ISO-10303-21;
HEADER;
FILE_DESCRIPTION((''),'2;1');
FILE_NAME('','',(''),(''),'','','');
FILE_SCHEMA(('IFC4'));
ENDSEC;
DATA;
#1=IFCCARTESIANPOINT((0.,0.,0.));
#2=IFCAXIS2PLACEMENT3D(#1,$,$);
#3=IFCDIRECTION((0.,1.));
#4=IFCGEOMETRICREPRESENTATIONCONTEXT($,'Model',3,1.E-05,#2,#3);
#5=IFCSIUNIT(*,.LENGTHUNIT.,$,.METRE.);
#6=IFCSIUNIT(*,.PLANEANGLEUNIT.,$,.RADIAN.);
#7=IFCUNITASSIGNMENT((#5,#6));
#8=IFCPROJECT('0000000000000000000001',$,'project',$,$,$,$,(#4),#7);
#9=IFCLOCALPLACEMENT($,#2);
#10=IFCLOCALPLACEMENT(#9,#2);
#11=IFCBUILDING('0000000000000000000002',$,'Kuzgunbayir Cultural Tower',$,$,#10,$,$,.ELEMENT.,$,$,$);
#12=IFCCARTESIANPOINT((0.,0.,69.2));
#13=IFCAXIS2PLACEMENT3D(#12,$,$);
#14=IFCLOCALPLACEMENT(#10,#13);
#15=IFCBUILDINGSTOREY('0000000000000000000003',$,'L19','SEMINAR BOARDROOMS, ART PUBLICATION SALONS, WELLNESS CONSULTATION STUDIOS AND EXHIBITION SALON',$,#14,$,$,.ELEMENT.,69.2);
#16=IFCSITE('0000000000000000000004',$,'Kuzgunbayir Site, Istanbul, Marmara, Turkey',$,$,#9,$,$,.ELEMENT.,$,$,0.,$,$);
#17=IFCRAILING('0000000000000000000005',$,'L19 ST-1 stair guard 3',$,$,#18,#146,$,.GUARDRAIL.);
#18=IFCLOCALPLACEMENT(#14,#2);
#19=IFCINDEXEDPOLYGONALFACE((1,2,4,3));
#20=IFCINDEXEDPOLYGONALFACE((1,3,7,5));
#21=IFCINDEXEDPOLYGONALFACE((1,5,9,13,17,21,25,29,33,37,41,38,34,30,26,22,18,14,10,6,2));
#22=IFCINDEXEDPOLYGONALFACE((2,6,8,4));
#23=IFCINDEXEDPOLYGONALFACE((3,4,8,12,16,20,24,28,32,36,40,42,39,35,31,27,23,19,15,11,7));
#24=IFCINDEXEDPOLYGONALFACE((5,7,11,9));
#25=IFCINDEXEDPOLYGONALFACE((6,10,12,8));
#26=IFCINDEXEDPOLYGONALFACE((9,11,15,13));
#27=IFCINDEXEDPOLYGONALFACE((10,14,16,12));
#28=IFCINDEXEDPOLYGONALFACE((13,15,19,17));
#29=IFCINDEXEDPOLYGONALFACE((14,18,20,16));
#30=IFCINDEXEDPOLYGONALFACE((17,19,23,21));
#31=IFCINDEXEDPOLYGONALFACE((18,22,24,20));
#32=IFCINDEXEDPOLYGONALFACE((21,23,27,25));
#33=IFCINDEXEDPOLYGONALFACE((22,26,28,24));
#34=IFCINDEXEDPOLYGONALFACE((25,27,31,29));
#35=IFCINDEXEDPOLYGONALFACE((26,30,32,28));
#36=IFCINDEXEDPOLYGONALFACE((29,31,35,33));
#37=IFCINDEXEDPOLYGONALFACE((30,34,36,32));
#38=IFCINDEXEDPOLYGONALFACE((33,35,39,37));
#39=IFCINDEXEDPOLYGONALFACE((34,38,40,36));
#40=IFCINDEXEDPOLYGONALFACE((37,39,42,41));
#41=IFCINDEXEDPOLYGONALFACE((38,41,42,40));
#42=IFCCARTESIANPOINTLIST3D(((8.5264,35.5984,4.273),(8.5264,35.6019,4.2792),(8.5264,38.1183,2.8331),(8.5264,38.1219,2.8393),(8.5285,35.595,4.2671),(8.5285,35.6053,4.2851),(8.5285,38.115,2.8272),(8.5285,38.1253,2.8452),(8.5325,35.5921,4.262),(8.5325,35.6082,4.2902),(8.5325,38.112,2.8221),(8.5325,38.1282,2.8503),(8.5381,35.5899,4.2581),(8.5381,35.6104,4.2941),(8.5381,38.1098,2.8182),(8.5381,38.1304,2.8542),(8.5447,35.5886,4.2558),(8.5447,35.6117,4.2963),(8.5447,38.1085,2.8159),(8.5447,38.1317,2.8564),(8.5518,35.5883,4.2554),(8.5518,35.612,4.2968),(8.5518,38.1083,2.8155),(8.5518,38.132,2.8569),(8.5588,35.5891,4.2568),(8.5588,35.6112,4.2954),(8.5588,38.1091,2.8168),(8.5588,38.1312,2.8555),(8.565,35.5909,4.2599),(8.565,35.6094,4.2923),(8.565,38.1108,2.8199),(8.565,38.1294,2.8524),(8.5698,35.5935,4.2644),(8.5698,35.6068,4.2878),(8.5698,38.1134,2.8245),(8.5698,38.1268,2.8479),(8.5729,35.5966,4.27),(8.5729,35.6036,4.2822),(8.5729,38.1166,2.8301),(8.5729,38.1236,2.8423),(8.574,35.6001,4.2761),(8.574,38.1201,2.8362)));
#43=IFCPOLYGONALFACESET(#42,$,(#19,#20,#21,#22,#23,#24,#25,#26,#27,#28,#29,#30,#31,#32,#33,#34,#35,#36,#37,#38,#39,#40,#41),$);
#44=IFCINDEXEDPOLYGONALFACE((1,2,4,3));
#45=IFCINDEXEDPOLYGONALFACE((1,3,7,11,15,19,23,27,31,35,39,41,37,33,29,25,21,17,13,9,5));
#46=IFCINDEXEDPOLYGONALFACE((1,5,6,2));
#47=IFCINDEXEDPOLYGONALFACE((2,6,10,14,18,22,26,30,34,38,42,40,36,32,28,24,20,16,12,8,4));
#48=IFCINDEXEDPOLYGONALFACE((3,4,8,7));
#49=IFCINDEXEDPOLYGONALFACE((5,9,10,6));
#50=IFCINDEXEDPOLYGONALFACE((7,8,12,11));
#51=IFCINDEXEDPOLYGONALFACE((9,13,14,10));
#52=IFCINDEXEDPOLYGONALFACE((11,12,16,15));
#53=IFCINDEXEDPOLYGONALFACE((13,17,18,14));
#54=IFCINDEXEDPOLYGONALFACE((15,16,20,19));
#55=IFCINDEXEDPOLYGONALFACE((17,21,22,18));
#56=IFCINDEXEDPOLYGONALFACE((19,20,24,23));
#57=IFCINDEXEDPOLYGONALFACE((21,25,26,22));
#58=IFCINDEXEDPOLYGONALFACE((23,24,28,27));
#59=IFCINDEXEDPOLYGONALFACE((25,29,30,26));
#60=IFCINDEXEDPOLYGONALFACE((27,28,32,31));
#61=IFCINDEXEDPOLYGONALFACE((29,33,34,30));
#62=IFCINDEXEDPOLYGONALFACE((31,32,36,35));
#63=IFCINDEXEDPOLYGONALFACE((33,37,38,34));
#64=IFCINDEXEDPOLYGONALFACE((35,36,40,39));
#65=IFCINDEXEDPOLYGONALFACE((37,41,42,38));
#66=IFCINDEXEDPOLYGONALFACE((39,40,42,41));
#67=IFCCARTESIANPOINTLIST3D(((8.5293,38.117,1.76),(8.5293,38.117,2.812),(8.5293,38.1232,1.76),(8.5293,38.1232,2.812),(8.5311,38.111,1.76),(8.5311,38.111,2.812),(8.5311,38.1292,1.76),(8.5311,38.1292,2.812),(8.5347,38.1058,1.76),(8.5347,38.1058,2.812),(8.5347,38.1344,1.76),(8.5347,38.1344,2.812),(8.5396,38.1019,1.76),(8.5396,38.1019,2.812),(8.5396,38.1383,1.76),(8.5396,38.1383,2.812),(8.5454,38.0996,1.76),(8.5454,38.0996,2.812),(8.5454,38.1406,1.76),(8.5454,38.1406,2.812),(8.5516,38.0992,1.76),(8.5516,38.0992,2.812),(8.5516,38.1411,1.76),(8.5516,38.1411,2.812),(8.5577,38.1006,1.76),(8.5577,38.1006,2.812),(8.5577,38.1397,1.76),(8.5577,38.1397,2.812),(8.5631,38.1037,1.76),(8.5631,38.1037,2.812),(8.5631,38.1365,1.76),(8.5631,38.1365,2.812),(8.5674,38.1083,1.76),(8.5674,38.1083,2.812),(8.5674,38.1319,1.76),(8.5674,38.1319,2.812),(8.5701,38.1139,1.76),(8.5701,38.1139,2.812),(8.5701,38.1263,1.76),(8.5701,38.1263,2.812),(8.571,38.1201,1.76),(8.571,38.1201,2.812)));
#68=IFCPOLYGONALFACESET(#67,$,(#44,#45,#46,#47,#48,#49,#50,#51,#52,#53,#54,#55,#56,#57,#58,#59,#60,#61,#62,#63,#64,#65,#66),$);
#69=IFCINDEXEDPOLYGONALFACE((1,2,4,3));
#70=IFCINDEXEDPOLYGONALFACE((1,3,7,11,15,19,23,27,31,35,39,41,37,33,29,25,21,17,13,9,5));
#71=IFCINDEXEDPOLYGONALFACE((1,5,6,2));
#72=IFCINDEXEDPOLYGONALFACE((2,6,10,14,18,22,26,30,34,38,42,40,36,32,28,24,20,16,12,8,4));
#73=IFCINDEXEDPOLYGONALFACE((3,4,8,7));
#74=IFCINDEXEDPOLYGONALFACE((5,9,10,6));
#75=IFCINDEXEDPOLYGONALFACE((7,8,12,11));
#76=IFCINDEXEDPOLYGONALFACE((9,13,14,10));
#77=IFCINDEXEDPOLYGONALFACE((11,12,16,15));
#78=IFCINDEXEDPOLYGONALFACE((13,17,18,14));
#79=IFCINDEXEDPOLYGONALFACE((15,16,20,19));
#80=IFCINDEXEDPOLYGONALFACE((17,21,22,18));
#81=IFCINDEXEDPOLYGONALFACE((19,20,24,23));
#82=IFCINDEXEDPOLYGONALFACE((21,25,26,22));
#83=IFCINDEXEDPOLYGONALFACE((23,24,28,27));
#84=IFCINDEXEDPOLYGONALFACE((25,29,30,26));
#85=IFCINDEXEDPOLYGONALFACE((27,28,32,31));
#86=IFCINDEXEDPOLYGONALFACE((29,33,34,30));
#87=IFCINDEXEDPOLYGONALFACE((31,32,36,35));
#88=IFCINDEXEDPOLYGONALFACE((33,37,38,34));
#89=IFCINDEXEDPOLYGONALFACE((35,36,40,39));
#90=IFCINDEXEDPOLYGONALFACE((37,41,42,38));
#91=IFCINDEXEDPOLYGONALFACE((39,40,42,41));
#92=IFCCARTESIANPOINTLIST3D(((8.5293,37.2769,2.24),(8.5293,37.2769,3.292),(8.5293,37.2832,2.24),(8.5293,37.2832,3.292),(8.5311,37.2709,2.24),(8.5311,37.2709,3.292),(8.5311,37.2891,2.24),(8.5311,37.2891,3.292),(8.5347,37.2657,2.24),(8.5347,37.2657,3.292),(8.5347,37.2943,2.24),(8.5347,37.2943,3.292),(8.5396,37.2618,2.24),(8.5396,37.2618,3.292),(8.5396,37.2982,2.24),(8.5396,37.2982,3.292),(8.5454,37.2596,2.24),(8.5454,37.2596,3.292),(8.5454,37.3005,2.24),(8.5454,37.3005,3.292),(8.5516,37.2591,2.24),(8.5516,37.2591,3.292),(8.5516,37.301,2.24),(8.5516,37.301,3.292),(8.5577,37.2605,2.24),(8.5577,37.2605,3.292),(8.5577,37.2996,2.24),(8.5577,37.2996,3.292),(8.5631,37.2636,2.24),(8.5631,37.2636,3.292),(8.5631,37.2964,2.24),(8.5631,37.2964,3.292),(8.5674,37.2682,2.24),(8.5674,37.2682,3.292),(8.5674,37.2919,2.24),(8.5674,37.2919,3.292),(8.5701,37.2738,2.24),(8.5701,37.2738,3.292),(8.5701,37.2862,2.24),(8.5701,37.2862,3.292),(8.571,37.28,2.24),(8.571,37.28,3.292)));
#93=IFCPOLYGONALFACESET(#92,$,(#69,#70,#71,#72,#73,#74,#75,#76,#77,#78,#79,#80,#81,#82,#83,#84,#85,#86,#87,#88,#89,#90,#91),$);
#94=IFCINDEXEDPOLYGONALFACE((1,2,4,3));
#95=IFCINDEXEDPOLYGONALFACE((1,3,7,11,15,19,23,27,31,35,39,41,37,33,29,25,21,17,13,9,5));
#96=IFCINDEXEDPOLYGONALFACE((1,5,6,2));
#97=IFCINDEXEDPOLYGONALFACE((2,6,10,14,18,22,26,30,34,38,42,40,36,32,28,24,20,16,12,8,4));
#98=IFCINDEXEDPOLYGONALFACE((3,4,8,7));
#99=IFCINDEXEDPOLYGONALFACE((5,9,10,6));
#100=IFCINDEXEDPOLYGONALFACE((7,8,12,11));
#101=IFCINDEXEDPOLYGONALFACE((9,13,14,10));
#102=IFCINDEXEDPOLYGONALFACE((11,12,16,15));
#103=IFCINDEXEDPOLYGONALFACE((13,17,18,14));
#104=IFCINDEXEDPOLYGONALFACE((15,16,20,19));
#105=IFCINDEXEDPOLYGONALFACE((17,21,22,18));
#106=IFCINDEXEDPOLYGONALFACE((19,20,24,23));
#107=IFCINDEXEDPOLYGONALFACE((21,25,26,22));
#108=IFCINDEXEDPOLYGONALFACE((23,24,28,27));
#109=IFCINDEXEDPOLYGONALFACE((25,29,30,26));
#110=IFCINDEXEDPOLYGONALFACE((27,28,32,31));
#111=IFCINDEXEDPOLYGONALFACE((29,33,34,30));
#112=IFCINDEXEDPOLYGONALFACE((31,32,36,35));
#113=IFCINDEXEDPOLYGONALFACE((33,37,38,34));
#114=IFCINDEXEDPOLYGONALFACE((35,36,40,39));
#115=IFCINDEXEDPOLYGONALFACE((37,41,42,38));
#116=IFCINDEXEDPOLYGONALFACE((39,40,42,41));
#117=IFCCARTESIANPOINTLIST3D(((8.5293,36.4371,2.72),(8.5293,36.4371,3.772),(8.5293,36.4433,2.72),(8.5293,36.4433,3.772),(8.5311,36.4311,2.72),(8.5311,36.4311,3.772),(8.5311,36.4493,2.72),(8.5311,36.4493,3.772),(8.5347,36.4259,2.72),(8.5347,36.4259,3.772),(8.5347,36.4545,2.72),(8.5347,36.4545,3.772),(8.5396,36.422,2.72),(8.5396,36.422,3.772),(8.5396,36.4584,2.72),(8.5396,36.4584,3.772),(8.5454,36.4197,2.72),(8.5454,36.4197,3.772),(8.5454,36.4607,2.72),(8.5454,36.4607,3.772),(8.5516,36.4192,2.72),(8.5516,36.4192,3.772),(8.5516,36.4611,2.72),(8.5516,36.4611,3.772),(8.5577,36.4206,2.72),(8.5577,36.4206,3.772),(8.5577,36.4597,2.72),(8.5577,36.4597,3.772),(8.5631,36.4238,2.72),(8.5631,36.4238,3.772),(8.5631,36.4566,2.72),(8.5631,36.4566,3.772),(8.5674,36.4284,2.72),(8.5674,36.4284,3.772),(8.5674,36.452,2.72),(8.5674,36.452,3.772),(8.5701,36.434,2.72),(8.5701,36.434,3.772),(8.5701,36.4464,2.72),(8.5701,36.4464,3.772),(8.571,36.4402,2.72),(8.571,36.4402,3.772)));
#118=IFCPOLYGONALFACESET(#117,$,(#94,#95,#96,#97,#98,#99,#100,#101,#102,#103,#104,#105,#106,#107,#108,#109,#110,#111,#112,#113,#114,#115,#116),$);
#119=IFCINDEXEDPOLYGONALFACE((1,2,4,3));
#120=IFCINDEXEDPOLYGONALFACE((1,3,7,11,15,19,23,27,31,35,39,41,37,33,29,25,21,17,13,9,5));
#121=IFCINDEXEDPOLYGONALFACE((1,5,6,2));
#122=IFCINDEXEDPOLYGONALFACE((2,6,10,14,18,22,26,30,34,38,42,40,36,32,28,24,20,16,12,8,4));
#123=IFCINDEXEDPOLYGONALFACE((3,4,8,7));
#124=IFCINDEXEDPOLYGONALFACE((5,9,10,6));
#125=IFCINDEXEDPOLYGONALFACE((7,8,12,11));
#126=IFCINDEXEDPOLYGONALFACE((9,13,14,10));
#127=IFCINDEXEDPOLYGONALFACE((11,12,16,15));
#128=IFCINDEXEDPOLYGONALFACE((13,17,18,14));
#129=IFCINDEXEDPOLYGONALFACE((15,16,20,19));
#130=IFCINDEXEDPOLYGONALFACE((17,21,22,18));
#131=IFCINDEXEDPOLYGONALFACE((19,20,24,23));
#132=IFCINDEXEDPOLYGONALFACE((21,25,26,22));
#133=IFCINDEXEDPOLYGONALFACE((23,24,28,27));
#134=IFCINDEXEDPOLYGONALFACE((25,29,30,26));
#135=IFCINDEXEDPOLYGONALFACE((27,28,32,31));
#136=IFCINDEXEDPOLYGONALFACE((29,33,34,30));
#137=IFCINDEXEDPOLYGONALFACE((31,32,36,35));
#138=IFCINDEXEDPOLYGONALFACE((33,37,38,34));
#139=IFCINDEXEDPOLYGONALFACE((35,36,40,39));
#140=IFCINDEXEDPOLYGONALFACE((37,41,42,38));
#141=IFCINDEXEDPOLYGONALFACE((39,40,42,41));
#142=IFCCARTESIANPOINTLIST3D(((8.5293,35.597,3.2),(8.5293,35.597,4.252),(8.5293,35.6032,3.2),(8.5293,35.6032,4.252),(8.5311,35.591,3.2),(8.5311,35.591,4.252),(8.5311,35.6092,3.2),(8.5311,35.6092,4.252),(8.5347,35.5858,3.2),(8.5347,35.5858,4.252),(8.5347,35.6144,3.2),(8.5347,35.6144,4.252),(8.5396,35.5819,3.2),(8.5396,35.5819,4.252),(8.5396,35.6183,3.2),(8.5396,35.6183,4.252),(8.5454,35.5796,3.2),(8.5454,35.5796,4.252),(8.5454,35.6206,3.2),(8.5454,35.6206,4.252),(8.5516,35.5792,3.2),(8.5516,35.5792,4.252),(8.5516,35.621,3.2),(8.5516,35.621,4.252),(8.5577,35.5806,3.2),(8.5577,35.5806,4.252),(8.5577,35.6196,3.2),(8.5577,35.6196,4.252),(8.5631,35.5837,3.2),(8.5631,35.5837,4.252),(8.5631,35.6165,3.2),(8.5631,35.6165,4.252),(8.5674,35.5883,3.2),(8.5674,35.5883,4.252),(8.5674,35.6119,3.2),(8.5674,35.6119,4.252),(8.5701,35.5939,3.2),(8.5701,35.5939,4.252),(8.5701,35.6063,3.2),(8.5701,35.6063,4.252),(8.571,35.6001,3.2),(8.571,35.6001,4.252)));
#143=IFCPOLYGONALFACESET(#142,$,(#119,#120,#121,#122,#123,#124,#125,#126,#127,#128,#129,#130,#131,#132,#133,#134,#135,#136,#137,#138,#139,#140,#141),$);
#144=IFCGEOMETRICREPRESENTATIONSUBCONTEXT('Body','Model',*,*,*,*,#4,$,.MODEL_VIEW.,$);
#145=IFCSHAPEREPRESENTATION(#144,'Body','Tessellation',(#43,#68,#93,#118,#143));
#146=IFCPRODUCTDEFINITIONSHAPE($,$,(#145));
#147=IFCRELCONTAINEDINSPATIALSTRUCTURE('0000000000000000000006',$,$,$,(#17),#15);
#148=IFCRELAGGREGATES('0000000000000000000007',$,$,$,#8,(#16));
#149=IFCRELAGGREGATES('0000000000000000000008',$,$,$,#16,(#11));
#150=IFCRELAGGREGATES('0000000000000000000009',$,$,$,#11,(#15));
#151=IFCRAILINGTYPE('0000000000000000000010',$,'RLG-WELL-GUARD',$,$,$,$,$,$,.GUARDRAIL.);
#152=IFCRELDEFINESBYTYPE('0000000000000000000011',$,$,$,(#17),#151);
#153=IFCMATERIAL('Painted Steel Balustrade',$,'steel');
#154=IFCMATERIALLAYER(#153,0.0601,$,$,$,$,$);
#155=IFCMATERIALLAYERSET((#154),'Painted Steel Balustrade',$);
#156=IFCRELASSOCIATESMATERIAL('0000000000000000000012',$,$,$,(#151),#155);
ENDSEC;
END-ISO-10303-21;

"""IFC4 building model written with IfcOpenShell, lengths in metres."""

from ifc_helpers import new_model, si_unit, direction, frame, origin, origin_2d, place, context, subcontext, project, spatial, circle, extrude, material, layer, layer_set, type_object, element, save


model = new_model("IFC4")

# Units and contexts
model_context = context("Model", 3, precision=1e-05, world=origin(), true_north=direction((0.0, 1.0)))
body_context = subcontext(model_context, "Body", "Model", "MODEL_VIEW")
ifc_project = project(units=[si_unit("LENGTHUNIT", "METRE"), si_unit("PLANEANGLEUNIT", "RADIAN")], contexts=[model_context])

# Site, building, storey
site_placement = place(None, origin())
site = spatial("IfcSite", under=ifc_project, at=site_placement, Name="Kuzgunbayir Site, Istanbul, Marmara, Turkey", CompositionType="ELEMENT", RefElevation=0.0)
building_placement = place(site_placement, origin())
building = spatial("IfcBuilding", under=site, at=building_placement, Name="Kuzgunbayir Cultural Tower", CompositionType="ELEMENT")
storey_placement = place(building_placement, frame((0.0, 0.0, 69.2)))
storey = spatial("IfcBuildingStorey", under=building, at=storey_placement, Name="L19", Description="SEMINAR BOARDROOMS, ART PUBLICATION SALONS, WELLNESS CONSULTATION STUDIOS AND EXHIBITION SALON", CompositionType="ELEMENT", Elevation=69.2)

# Railing
ifc_material_1 = material(Name="Painted Steel Balustrade", Category="steel")
ifc_layer_1 = layer(ifc_material_1, 0.0601)
ifc_layer_set_1 = layer_set([ifc_layer_1], Name="Painted Steel Balustrade")
railing_type_1 = type_object("IfcRailingType", Name="RLG-WELL-GUARD", PredefinedType="GUARDRAIL", material=ifc_layer_set_1)
railing_1_placement = place(storey_placement, frame((8.55, 38.1201, 1.76)))
element("IfcRailing", 1, at=railing_1_placement, inside=storey, type_object=railing_type_1, Name="L19 ST-1 stair guard 3", PredefinedType="GUARDRAIL", context=body_context, shape_type="SweptSolid", body=[
    extrude(circle(Radius=0.0239, at=origin_2d()), frame((0.0, 0.0, 1.0762), z_axis=(0.0, -0.868253, 0.496121), x_axis=(1.0, 0.0, 0.0)), (0.0, 0.0, 1.0), 2.9023),
    extrude(circle(Radius=0.021, at=origin_2d()), origin(), (0.0, 0.0, 1.0), 1.052),
    extrude(circle(Radius=0.021, at=origin_2d()), frame((0.0, -0.8401, 0.48)), (0.0, 0.0, 1.0), 1.052),
    extrude(circle(Radius=0.021, at=origin_2d()), frame((0.0, -1.6799, 0.96)), (0.0, 0.0, 1.0), 1.052),
    extrude(circle(Radius=0.021, at=origin_2d()), frame((0.0, -2.52, 1.4399)), (0.0, 0.0, 1.0), 1.052),
])

save(model, "model.ifc")
